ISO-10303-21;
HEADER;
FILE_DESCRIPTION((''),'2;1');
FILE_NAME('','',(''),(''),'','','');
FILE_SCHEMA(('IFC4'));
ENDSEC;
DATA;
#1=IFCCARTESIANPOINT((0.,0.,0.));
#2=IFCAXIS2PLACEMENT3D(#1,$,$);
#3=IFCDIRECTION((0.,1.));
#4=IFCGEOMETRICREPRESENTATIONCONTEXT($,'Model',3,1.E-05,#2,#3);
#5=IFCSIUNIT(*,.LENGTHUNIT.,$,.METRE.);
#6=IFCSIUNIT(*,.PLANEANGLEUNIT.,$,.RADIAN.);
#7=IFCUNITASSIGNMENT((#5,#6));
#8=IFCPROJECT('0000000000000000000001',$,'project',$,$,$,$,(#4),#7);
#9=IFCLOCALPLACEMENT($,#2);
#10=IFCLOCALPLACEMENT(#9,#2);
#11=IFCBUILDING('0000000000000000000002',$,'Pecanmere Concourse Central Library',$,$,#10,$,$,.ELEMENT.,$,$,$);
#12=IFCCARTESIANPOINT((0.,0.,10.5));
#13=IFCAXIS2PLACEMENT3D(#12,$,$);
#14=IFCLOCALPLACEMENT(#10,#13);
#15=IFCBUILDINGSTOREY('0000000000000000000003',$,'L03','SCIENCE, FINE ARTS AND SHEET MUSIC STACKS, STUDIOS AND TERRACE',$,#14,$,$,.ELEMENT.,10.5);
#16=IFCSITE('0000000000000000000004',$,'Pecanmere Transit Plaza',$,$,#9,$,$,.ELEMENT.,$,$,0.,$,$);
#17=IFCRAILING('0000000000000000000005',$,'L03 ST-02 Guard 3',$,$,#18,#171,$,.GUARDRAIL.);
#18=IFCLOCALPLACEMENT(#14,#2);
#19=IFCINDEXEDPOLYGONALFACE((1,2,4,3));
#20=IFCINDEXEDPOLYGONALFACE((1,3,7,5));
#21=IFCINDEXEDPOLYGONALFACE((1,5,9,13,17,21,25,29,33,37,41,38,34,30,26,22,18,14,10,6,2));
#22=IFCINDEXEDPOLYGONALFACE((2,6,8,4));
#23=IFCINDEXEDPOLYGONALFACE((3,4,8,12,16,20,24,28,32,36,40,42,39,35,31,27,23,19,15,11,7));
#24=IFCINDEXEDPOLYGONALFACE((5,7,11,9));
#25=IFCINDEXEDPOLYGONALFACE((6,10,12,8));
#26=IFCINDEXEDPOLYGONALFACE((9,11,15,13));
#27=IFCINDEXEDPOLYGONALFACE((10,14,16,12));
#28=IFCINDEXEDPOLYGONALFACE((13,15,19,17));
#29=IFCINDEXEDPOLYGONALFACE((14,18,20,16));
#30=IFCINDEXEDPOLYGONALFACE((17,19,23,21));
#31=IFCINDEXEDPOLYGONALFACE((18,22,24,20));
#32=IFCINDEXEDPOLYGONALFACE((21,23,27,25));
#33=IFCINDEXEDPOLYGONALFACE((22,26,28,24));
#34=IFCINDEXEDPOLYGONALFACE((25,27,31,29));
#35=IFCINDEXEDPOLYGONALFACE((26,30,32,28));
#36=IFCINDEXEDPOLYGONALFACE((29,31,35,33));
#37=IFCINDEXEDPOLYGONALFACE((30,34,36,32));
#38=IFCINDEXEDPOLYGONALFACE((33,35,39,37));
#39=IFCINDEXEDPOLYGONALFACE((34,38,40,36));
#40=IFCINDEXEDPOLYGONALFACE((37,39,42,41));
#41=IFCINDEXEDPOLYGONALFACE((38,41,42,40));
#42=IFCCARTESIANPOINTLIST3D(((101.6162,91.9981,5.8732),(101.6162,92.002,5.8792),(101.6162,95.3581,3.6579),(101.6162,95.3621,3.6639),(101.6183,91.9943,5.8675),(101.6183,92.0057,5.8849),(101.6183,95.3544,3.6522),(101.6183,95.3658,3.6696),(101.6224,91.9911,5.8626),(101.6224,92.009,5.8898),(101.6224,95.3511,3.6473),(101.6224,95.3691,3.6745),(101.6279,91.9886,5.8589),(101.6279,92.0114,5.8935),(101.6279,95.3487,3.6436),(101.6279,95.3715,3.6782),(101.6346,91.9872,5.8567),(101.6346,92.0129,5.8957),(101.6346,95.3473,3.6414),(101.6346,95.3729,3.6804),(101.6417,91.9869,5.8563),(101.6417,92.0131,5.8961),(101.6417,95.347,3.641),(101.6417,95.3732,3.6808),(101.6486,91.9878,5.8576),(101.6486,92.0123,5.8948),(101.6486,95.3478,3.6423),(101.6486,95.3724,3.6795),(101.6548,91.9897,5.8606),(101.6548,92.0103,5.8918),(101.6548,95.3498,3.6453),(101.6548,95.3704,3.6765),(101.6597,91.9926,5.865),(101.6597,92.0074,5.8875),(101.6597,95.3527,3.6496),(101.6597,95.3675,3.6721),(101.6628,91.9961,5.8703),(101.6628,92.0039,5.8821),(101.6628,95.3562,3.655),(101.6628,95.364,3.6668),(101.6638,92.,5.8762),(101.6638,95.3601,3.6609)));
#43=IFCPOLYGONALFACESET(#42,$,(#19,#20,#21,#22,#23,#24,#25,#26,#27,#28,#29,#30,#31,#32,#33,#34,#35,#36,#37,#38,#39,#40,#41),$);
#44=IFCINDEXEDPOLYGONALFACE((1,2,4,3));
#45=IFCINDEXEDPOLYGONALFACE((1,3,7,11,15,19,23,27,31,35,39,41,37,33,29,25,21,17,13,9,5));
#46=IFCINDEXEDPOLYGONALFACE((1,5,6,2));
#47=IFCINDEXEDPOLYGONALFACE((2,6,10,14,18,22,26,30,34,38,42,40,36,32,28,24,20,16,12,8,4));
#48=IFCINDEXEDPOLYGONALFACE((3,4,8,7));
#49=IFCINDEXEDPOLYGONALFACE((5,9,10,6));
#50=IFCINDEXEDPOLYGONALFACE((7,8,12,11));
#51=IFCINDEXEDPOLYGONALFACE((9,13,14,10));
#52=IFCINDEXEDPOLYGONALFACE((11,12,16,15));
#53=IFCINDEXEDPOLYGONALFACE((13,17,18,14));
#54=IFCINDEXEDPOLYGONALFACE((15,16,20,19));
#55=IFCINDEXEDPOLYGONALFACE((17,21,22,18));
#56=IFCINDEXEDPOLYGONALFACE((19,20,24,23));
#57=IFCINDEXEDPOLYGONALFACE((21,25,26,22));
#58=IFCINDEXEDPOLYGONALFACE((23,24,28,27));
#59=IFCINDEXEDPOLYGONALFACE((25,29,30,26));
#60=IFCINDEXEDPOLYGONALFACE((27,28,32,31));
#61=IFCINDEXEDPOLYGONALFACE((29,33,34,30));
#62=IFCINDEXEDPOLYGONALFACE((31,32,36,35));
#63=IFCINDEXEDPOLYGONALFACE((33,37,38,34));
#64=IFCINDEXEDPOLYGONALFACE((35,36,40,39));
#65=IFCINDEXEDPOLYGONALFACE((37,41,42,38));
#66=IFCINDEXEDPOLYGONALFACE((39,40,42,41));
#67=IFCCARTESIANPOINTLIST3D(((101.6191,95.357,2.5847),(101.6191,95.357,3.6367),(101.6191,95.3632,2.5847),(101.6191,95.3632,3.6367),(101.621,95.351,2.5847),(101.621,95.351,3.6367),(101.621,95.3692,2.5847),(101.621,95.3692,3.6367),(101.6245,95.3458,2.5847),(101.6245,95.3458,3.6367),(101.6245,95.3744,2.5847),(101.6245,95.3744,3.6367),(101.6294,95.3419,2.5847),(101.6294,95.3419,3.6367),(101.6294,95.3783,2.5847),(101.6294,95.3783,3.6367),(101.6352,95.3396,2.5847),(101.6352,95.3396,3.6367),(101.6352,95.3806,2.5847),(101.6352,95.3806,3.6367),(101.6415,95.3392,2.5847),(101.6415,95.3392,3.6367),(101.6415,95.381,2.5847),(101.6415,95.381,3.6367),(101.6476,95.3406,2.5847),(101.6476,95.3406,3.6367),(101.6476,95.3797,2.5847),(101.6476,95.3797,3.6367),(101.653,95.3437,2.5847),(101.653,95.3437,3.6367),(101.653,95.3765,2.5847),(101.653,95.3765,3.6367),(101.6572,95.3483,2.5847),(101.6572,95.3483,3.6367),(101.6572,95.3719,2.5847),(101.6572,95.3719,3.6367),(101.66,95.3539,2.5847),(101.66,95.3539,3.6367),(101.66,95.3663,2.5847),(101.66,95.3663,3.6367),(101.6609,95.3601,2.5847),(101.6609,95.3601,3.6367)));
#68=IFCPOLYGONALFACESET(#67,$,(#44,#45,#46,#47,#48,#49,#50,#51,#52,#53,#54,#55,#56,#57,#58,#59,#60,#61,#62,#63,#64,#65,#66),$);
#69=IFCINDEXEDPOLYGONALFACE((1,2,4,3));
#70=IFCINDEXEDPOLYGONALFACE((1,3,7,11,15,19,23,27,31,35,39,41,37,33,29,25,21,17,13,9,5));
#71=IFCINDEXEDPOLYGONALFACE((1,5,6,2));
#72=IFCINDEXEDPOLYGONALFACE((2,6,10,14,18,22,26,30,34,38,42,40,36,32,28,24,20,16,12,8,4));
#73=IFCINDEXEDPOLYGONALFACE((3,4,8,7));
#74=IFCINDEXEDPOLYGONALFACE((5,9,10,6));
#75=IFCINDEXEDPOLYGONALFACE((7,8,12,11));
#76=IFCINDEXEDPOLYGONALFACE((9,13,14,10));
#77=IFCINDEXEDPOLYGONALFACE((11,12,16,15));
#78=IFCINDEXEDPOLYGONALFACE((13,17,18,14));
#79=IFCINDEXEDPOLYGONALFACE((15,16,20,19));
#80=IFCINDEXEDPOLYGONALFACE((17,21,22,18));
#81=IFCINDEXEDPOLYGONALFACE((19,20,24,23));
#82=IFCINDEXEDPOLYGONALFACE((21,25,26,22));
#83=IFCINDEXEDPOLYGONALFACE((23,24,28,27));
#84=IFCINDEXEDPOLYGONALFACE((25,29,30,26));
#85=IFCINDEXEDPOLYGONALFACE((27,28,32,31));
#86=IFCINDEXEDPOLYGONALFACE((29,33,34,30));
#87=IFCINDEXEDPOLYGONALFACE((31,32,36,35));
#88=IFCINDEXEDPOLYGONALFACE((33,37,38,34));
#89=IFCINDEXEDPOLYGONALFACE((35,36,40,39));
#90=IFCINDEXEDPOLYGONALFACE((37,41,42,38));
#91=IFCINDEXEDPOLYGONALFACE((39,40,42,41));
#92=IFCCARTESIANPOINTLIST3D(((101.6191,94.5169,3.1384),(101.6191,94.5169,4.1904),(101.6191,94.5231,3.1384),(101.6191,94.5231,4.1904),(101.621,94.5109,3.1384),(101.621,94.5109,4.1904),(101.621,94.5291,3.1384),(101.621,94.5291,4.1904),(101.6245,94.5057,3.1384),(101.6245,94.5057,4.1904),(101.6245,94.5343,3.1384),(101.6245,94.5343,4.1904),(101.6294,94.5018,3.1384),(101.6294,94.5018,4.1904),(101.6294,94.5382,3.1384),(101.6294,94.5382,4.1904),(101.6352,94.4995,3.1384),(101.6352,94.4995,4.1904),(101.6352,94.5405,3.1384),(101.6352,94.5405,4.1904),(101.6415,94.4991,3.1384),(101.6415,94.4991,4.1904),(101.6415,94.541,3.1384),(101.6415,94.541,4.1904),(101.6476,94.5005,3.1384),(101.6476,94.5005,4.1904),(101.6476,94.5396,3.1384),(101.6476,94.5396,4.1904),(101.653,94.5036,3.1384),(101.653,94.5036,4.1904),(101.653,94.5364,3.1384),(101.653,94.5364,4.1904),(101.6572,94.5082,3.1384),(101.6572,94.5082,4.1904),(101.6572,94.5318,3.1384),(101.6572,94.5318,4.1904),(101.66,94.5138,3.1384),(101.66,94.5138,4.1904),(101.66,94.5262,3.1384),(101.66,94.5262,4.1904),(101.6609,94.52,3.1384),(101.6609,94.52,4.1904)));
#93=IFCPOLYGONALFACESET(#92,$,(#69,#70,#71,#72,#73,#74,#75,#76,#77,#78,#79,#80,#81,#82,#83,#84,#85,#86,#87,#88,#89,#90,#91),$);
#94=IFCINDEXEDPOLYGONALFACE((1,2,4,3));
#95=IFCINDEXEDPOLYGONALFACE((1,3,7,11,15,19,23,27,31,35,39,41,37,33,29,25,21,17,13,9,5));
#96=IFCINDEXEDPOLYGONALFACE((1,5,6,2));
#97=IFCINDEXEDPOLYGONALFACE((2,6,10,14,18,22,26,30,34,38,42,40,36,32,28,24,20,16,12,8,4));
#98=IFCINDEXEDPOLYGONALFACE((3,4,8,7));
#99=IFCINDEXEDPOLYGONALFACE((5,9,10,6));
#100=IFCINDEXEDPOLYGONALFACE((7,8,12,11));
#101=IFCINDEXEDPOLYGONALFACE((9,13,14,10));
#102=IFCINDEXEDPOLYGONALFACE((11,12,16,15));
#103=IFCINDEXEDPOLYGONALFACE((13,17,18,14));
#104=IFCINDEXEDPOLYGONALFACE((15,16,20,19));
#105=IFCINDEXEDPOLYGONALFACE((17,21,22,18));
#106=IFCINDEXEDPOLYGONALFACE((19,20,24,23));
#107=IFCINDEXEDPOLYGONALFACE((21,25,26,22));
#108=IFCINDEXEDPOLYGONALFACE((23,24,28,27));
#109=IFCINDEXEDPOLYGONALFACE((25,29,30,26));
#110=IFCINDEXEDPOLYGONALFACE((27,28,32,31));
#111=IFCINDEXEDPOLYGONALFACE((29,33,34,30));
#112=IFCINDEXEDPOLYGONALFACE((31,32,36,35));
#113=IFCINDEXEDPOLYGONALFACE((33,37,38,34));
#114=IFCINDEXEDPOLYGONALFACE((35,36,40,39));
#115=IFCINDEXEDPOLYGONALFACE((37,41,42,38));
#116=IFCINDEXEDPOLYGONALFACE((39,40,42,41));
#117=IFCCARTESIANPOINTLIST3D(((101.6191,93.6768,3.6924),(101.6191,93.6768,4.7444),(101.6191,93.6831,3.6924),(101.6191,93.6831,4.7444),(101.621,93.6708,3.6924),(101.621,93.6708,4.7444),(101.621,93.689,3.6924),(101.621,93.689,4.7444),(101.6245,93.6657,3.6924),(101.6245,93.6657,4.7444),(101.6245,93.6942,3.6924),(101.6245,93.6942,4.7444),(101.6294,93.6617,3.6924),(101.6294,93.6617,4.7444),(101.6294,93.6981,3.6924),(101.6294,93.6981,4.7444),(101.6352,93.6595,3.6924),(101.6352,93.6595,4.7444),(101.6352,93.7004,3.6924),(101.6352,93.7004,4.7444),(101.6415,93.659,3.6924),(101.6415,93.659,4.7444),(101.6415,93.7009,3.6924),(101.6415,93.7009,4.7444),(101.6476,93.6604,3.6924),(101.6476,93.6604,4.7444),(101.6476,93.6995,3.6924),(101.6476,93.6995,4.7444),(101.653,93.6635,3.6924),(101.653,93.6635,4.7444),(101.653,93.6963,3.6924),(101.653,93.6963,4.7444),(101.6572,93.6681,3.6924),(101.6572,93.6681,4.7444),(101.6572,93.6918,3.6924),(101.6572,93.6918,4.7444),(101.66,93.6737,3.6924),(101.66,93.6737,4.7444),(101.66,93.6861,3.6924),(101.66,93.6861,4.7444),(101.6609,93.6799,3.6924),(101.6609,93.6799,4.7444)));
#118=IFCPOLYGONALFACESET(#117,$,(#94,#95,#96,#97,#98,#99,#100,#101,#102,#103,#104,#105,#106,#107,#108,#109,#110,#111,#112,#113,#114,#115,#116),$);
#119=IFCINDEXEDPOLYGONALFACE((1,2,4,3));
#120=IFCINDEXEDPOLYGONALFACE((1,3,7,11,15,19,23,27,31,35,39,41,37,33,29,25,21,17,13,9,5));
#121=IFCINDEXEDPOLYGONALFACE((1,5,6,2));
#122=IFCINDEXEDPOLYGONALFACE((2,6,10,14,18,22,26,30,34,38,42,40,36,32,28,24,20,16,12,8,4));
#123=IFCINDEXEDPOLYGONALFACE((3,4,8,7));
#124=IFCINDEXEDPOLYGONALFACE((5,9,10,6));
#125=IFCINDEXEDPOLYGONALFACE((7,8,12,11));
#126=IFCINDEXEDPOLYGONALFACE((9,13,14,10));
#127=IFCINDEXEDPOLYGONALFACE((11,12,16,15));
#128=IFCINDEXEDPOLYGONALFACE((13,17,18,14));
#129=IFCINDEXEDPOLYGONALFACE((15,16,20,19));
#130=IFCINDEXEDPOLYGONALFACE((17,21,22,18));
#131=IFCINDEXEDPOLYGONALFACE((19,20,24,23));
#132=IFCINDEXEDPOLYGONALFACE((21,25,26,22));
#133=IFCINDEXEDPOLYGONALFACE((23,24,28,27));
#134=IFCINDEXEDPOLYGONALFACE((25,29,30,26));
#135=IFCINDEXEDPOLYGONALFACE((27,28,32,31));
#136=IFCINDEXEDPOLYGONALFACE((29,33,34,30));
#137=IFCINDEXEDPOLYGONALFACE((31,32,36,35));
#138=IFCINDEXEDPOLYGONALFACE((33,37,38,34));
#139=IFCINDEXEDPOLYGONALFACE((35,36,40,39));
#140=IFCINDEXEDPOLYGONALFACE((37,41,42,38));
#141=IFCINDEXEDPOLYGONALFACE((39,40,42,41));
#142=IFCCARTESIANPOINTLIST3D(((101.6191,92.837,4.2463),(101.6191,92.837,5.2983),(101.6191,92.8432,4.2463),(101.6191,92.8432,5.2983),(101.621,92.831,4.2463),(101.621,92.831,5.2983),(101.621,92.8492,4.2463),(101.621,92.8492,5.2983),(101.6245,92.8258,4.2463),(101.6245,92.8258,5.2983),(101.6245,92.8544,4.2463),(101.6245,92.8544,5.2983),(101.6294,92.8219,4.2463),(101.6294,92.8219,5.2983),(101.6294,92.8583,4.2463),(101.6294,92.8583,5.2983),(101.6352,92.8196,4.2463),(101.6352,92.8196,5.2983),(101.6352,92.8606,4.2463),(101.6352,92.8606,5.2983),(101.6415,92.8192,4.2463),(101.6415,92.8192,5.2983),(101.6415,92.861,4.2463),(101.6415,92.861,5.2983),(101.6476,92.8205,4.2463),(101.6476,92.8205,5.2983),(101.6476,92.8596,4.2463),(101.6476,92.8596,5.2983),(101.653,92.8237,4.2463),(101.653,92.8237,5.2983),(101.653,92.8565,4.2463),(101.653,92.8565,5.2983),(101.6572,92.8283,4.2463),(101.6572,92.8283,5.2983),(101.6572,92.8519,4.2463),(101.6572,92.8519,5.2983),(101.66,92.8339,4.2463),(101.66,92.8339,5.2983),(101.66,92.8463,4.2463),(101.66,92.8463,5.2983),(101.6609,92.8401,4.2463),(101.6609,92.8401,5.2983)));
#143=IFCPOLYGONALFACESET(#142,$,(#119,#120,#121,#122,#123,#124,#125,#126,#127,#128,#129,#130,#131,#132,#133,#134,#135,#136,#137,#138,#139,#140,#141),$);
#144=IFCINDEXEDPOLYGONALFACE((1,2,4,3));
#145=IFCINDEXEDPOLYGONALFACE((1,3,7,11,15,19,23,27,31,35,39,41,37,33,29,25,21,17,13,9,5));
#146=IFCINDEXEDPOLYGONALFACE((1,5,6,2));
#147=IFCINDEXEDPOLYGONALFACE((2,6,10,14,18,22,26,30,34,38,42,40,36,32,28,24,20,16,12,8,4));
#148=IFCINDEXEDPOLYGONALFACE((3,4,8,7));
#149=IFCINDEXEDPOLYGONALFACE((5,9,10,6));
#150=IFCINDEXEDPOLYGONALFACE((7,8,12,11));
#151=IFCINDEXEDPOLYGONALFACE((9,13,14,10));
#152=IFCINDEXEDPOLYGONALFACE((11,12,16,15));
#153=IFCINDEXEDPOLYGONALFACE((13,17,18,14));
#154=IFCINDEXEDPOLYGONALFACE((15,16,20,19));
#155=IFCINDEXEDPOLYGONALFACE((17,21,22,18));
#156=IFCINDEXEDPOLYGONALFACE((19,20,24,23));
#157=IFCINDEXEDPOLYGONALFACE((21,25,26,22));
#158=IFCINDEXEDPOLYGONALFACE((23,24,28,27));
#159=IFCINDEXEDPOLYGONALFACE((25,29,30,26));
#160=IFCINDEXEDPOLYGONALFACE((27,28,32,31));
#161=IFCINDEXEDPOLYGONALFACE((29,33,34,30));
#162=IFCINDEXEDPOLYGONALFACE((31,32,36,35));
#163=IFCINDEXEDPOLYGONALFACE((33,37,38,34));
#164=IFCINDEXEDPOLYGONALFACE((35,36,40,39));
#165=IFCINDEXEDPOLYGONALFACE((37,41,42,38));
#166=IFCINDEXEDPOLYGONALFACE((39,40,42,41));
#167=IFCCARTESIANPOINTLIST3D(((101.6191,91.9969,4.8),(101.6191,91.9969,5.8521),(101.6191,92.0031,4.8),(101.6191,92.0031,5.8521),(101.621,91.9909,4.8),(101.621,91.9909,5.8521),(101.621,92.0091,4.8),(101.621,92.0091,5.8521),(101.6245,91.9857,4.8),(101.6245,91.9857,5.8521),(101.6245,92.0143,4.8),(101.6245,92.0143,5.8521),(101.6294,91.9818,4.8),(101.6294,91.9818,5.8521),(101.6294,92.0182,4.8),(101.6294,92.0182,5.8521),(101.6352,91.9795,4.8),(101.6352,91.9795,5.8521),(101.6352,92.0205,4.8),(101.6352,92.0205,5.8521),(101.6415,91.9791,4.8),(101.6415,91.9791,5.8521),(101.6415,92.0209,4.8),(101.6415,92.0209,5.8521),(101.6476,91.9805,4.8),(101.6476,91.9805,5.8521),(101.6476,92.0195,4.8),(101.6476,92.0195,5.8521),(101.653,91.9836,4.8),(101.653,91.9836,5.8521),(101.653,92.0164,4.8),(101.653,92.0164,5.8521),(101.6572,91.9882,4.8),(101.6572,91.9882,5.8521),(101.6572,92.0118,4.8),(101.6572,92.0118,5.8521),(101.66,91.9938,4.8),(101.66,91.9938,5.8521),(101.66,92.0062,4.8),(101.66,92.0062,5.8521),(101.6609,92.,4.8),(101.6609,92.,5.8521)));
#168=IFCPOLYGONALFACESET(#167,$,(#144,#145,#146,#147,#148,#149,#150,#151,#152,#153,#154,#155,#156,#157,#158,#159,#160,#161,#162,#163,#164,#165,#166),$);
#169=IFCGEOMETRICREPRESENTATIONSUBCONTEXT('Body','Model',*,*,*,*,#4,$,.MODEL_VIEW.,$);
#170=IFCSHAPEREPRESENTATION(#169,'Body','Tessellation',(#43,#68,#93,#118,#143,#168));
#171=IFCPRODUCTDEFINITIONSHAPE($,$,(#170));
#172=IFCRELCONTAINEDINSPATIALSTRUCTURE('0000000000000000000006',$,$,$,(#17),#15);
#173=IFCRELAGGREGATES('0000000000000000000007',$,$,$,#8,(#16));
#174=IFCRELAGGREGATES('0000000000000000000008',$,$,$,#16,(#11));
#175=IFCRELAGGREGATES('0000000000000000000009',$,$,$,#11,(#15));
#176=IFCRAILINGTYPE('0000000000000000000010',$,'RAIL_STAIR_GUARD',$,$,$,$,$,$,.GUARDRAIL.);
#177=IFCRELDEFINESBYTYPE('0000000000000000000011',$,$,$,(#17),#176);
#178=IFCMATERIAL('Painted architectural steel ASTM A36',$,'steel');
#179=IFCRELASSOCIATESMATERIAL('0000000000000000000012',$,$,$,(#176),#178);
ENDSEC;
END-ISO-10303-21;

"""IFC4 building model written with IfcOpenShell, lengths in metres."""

from ifc_helpers import new_model, si_unit, direction, frame, origin, origin_2d, place, context, subcontext, project, spatial, circle, extrude, material, type_object, element, save


model = new_model("IFC4")

# Units and contexts
model_context = context("Model", 3, precision=1e-05, world=origin(), true_north=direction((0.0, 1.0)))
body_context = subcontext(model_context, "Body", "Model", "MODEL_VIEW")
ifc_project = project(units=[si_unit("LENGTHUNIT", "METRE"), si_unit("PLANEANGLEUNIT", "RADIAN")], contexts=[model_context])

# Site, building, storey
site_placement = place(None, origin())
site = spatial("IfcSite", under=ifc_project, at=site_placement, Name="Pecanmere Transit Plaza", CompositionType="ELEMENT", RefElevation=0.0)
building_placement = place(site_placement, origin())
building = spatial("IfcBuilding", under=site, at=building_placement, Name="Pecanmere Concourse Central Library", CompositionType="ELEMENT")
storey_placement = place(building_placement, frame((0.0, 0.0, 10.5)))
storey = spatial("IfcBuildingStorey", under=building, at=storey_placement, Name="L03", Description="SCIENCE, FINE ARTS AND SHEET MUSIC STACKS, STUDIOS AND TERRACE", CompositionType="ELEMENT", Elevation=10.5)

# Railing
ifc_material_1 = material(Name="Painted architectural steel ASTM A36", Category="steel")
railing_type_1 = type_object("IfcRailingType", Name="RAIL_STAIR_GUARD", PredefinedType="GUARDRAIL", material=ifc_material_1)
railing_1_placement = place(storey_placement, frame((101.6399, 95.3601, 2.5847)))
element("IfcRailing", 1, at=railing_1_placement, inside=storey, type_object=railing_type_1, Name="L03 ST-02 Guard 3", PredefinedType="GUARDRAIL", context=body_context, shape_type="SweptSolid", body=[
    extrude(circle(Radius=0.0239, at=origin_2d()), frame((0.0, 0.0, 1.0762), z_axis=(0.0, -0.834876, 0.550437), x_axis=(1.0, 0.0, 0.0)), (0.0, 0.0, 1.0), 4.0247),
    extrude(circle(Radius=0.021, at=origin_2d()), origin(), (0.0, 0.0, 1.0), 1.052),
    extrude(circle(Radius=0.021, at=origin_2d()), frame((0.0, -0.8401, 0.5537)), (0.0, 0.0, 1.0), 1.052),
    extrude(circle(Radius=0.021, at=origin_2d()), frame((0.0, -1.6802, 1.1077)), (0.0, 0.0, 1.0), 1.052),
    extrude(circle(Radius=0.021, at=origin_2d()), frame((0.0, -2.52, 1.6616)), (0.0, 0.0, 1.0), 1.052),
    extrude(circle(Radius=0.021, at=origin_2d()), frame((0.0, -3.3601, 2.2153)), (0.0, 0.0, 1.0), 1.052),
])

save(model, "model.ifc")
